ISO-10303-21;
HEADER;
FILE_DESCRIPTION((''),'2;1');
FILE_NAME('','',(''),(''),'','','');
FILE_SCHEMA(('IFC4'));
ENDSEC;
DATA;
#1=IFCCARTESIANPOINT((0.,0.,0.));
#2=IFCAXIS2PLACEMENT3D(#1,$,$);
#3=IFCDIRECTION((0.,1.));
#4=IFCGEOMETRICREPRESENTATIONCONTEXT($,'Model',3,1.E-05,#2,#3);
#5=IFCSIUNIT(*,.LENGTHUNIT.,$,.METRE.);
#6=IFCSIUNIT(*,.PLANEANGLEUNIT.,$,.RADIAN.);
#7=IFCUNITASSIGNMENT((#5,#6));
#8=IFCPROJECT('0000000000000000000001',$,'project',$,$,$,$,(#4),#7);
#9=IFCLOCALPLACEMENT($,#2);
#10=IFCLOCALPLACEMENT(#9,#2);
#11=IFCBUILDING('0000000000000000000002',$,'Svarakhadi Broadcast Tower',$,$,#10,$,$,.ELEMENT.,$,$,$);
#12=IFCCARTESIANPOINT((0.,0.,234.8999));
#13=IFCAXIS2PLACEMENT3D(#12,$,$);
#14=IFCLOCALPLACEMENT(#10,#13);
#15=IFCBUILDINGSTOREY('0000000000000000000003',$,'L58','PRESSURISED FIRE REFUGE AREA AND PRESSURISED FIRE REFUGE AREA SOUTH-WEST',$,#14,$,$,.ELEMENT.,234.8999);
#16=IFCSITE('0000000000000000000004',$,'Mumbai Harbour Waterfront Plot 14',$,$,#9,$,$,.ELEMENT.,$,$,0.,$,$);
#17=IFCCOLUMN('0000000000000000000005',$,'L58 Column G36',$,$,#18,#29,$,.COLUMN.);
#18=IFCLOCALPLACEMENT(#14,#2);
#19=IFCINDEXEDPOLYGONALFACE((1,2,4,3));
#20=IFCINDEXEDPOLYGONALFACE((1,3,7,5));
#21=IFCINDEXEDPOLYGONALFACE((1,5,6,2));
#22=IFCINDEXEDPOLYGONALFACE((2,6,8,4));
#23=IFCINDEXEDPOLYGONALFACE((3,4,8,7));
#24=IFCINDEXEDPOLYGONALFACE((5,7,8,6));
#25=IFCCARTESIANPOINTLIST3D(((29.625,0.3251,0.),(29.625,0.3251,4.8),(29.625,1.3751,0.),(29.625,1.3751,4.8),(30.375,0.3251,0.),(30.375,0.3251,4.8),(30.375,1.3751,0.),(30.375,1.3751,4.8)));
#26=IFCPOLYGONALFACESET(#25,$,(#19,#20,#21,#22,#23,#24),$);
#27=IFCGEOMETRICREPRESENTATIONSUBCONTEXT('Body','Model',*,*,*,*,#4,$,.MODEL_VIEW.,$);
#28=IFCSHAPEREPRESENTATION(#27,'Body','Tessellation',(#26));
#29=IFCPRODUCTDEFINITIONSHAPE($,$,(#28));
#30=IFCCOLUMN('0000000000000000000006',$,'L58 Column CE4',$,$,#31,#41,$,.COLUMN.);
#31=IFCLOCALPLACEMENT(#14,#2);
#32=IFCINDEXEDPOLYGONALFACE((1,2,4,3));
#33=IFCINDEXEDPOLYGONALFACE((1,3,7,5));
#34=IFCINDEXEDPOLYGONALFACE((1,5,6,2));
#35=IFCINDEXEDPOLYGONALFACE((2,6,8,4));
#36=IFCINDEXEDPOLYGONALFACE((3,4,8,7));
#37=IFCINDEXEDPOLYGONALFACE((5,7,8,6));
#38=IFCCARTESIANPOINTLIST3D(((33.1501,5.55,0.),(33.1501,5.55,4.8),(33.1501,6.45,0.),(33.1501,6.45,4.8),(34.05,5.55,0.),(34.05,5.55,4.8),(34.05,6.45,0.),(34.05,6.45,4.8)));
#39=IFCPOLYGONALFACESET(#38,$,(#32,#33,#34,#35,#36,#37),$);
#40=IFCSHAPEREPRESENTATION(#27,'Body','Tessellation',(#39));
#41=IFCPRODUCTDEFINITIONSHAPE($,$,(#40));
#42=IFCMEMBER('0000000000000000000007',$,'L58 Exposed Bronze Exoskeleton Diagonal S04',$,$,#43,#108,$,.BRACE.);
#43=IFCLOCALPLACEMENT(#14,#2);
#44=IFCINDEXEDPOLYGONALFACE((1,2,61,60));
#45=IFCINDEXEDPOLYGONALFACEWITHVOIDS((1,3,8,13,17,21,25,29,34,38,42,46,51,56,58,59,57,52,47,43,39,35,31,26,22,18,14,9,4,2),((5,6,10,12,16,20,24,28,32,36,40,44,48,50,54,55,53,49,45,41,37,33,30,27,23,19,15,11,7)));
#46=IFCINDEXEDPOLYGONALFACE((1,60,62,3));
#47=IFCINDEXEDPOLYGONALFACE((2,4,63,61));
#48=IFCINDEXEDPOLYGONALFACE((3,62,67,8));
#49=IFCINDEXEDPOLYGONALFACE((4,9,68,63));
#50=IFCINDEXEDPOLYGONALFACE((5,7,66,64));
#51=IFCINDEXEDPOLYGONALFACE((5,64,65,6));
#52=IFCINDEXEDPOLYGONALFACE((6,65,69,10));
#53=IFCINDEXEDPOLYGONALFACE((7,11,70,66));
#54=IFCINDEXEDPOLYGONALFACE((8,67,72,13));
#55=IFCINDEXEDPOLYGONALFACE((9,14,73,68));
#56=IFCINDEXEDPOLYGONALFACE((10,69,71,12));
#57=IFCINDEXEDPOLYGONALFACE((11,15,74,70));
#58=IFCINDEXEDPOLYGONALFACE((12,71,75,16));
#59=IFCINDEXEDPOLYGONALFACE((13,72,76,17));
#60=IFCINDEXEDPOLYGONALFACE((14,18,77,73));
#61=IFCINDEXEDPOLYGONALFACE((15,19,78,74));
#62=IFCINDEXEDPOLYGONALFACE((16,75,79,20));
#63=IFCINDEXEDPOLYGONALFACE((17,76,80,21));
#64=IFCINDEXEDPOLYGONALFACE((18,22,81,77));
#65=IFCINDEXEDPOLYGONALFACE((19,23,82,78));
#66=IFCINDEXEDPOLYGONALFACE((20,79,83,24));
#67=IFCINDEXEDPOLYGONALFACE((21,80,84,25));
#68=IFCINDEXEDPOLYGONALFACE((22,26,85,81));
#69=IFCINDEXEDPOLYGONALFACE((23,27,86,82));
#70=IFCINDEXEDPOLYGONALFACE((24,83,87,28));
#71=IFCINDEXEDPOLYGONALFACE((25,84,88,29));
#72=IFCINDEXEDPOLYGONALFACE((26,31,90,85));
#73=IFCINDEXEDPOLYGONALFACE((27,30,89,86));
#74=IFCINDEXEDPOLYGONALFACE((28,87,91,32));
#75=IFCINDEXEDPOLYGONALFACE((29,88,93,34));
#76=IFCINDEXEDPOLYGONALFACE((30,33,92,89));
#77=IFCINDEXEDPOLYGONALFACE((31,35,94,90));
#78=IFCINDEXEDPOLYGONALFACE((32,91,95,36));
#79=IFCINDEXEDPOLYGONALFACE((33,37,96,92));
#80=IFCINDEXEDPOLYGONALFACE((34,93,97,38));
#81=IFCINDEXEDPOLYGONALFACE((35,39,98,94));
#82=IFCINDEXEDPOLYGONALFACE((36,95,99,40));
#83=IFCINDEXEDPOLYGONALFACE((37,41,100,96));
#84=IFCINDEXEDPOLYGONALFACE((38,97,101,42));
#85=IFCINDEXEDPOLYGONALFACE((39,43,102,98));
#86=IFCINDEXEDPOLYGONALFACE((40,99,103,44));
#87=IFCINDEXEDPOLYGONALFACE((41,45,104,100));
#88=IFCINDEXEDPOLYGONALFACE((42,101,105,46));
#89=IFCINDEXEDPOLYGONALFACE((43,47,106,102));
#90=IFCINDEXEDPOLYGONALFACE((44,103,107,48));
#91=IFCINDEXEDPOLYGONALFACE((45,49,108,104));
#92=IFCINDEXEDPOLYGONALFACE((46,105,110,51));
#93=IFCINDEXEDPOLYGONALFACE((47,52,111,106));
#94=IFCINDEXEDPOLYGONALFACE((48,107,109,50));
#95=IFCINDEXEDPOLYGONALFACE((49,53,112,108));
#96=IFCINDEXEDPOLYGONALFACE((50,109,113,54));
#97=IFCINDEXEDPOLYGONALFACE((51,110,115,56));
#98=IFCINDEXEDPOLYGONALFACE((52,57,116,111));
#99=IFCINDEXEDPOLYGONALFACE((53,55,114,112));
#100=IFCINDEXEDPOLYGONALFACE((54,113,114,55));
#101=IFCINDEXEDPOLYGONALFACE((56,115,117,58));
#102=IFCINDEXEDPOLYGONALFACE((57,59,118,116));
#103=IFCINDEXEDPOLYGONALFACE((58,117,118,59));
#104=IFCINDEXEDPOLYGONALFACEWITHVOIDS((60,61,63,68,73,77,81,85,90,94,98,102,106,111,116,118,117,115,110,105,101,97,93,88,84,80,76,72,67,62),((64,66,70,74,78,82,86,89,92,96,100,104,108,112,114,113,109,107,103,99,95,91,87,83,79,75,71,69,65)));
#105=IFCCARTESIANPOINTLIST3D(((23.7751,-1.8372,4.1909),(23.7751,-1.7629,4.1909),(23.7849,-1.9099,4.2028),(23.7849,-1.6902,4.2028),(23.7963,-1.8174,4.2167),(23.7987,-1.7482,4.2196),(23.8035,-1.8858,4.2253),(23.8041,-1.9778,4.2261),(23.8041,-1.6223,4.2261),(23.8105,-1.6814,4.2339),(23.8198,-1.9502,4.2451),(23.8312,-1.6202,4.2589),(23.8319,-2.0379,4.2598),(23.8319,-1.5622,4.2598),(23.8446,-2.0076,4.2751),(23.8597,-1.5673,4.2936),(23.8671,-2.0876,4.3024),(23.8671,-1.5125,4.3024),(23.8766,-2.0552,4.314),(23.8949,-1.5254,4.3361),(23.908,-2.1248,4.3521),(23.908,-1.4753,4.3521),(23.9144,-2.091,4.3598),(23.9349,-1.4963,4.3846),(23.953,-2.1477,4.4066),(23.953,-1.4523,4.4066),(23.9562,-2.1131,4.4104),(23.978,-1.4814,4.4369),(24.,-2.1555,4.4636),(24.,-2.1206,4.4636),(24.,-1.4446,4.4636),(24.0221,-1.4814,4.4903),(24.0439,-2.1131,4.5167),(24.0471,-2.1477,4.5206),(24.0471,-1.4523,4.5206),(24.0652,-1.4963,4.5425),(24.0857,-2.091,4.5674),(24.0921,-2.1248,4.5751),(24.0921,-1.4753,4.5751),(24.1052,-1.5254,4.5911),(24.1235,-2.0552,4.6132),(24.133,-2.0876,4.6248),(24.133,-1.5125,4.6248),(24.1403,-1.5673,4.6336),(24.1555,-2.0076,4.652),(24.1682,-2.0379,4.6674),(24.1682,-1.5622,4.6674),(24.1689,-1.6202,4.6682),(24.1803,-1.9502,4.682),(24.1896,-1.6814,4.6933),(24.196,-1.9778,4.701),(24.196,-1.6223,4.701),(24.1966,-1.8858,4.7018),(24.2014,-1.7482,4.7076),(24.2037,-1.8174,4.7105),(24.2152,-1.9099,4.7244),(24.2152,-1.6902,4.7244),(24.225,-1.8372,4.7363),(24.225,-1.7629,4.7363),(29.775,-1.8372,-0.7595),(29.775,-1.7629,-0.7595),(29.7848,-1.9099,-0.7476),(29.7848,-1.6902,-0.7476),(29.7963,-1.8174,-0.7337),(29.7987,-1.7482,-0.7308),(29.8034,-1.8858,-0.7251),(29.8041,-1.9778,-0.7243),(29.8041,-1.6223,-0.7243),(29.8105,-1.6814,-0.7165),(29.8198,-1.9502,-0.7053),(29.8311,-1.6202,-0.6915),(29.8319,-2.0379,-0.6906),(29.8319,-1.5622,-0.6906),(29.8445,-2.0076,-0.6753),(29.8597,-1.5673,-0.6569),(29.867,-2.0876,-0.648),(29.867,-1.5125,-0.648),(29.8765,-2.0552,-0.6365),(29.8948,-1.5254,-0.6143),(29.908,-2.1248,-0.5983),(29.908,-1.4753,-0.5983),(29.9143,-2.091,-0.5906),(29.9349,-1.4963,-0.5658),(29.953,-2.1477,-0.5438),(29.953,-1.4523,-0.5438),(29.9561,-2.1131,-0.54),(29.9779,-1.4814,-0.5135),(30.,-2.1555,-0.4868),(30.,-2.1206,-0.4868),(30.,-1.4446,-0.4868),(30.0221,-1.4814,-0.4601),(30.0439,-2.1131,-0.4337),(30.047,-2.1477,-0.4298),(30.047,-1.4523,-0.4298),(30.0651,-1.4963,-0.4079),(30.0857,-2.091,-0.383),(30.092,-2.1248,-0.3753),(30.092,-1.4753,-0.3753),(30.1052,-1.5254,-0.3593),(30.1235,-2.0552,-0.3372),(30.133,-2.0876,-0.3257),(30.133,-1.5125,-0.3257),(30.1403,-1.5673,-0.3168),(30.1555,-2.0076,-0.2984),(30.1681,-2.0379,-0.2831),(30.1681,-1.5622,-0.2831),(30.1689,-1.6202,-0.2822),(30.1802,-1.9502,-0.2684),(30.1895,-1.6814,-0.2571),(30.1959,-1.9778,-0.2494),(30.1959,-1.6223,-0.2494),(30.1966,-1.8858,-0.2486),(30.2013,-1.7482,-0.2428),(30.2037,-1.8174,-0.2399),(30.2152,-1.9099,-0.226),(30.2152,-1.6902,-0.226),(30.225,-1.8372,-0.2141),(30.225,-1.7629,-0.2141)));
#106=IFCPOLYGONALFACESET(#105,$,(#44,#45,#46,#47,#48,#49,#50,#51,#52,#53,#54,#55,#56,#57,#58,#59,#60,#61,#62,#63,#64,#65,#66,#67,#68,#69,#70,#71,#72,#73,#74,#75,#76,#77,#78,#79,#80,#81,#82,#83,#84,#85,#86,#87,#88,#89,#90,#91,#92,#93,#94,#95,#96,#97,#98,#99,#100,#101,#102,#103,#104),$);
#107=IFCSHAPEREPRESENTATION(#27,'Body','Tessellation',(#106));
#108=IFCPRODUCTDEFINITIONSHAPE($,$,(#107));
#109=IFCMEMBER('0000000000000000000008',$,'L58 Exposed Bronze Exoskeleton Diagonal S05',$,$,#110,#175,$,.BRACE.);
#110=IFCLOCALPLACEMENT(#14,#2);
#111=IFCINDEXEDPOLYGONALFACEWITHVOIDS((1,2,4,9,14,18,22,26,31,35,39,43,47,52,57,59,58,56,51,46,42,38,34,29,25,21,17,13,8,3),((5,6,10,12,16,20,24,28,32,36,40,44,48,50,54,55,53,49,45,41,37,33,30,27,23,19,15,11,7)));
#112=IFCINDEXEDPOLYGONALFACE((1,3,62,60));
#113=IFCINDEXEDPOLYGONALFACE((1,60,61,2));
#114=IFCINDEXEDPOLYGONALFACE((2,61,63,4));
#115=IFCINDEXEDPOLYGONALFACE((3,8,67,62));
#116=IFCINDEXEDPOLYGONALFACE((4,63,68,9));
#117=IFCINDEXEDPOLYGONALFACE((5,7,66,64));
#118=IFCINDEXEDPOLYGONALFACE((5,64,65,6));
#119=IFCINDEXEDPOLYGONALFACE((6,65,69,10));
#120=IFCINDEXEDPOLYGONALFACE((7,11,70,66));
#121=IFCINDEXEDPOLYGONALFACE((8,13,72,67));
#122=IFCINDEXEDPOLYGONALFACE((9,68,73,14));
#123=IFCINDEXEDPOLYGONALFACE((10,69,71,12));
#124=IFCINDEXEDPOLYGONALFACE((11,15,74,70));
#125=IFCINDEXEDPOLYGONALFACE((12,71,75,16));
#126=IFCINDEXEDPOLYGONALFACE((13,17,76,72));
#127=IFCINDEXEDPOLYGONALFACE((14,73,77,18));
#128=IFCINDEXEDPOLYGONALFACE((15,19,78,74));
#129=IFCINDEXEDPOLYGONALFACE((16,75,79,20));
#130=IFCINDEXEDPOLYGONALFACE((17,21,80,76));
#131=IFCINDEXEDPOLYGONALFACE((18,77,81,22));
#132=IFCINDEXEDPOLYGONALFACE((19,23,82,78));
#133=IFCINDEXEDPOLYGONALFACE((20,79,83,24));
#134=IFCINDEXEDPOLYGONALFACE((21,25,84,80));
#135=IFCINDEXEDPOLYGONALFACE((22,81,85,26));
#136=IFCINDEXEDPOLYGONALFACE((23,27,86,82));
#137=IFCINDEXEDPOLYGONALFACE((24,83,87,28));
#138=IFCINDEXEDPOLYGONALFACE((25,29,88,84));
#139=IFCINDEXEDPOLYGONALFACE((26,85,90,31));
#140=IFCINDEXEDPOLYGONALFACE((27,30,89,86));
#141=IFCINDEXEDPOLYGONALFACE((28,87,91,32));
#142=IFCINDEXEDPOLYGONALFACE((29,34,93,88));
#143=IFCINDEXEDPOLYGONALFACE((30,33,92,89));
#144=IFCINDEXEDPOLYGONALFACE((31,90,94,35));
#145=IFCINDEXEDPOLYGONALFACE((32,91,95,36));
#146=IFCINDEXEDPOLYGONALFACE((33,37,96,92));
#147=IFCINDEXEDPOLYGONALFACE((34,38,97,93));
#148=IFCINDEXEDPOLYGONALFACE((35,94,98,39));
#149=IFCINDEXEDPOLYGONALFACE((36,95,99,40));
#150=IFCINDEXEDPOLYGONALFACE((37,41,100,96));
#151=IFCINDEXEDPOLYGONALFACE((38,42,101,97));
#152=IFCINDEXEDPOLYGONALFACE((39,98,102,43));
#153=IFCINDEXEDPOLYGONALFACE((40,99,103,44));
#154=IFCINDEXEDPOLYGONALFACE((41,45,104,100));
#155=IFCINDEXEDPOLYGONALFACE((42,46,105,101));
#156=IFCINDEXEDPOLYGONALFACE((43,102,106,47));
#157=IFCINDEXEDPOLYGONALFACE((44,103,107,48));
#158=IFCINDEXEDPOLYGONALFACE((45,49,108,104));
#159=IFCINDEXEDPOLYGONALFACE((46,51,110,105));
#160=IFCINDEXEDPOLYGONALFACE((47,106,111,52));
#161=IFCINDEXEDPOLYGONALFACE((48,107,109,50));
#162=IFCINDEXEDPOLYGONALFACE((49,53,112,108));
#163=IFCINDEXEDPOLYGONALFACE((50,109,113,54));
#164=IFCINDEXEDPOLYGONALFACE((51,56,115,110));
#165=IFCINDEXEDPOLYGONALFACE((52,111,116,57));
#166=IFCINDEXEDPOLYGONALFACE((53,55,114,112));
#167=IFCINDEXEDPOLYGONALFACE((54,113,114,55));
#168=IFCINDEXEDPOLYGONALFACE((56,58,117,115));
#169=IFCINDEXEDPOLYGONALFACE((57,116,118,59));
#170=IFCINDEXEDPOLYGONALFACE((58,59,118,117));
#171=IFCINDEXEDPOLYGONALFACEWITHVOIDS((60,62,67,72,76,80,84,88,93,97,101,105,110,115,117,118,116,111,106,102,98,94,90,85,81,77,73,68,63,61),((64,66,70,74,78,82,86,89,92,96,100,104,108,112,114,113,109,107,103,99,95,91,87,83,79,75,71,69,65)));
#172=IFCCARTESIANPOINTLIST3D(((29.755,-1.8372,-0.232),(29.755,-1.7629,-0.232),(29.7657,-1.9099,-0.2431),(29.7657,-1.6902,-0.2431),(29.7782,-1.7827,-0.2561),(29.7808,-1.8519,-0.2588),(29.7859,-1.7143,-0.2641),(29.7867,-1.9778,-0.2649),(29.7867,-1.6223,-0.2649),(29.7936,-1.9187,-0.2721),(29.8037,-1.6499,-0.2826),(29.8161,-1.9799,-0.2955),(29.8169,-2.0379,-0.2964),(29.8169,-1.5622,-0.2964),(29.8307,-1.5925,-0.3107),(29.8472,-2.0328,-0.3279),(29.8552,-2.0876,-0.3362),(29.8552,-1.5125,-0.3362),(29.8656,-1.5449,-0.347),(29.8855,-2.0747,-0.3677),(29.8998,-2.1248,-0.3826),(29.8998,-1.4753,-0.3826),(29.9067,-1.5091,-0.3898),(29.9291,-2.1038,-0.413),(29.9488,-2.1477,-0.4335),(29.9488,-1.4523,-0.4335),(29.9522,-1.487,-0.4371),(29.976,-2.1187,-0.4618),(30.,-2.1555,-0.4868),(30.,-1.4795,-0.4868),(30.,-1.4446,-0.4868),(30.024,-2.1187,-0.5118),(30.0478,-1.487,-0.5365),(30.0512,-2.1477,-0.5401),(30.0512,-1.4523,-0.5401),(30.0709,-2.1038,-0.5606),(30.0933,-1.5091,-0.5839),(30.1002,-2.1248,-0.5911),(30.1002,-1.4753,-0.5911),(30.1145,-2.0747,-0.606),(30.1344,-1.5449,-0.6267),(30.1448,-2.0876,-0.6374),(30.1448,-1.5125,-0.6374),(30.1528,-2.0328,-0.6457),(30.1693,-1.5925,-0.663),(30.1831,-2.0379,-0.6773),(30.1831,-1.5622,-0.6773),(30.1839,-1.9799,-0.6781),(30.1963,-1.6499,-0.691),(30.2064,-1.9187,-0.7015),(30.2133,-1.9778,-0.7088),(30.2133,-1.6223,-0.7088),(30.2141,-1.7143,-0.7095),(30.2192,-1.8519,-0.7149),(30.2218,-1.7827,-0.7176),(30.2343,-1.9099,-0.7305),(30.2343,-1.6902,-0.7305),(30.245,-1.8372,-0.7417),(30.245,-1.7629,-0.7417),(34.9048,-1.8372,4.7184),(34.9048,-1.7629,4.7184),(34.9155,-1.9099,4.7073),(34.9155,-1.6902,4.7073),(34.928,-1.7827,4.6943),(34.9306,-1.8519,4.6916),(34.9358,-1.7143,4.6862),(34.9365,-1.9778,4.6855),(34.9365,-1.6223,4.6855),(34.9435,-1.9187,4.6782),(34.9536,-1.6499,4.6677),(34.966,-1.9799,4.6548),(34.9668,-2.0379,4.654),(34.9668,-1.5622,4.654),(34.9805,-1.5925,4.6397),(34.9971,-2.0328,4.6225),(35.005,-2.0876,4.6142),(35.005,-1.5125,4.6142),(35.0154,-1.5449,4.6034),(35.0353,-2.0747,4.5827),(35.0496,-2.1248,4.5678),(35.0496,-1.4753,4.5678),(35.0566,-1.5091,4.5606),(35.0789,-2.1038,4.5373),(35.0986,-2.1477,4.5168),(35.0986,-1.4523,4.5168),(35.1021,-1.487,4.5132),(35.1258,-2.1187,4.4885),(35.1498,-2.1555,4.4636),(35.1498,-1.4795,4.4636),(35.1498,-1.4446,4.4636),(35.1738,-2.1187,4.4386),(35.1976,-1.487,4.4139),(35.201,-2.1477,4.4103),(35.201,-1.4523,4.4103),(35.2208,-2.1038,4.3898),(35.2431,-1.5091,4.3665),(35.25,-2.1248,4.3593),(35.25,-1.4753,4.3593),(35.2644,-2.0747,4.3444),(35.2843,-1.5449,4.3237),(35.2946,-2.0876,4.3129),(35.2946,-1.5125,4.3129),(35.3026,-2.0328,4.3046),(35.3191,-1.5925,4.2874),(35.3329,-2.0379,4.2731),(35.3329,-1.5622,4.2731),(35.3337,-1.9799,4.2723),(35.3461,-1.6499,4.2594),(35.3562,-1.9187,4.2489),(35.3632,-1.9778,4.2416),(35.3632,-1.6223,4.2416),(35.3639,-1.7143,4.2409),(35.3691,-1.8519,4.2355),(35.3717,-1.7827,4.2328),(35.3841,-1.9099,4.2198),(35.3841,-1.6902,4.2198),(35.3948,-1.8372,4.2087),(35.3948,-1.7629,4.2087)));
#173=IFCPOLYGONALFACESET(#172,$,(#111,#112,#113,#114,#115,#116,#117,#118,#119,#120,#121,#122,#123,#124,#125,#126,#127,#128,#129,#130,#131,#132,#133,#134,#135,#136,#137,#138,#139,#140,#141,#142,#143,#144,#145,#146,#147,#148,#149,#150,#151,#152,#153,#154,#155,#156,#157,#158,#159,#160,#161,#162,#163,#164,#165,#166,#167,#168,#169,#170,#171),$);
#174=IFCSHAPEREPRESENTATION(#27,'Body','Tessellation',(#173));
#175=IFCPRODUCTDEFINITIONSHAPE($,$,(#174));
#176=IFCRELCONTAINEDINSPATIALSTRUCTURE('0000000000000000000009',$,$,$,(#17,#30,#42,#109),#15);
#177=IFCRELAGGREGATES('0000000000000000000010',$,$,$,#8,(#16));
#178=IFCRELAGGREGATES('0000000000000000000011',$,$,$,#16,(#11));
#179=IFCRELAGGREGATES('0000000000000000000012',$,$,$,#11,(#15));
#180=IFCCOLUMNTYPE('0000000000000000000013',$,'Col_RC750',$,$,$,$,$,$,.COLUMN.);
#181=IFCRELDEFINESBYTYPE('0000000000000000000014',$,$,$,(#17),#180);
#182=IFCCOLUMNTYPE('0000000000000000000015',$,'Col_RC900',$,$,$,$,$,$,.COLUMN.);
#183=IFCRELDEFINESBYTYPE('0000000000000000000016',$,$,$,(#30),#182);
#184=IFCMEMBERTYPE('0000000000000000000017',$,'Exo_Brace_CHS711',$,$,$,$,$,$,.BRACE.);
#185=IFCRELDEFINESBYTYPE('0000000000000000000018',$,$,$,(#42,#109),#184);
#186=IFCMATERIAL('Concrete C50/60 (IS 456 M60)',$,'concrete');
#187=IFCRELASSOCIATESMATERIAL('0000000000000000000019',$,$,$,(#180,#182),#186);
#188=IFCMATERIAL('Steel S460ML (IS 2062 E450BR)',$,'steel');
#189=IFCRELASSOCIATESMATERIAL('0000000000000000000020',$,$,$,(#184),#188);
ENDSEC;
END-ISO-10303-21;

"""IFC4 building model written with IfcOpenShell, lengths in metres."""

from ifc_helpers import new_model, si_unit, direction, frame, origin, origin_2d, place, context, subcontext, project, spatial, rectangle, hollow_circle, extrude, material, material_profile, profile_set, type_object, element, save


model = new_model("IFC4")

# Units and contexts
model_context = context("Model", 3, precision=1e-05, world=origin(), true_north=direction((0.0, 1.0)))
body_context = subcontext(model_context, "Body", "Model", "MODEL_VIEW")
ifc_project = project(units=[si_unit("LENGTHUNIT", "METRE"), si_unit("PLANEANGLEUNIT", "RADIAN")], contexts=[model_context])

# Site, building, storey
site_placement = place(None, origin())
site = spatial("IfcSite", under=ifc_project, at=site_placement, Name="Mumbai Harbour Waterfront Plot 14", CompositionType="ELEMENT", RefElevation=0.0)
building_placement = place(site_placement, origin())
building = spatial("IfcBuilding", under=site, at=building_placement, Name="Svarakhadi Broadcast Tower", CompositionType="ELEMENT")
storey_placement = place(building_placement, frame((0.0, 0.0, 234.8999)))
storey = spatial("IfcBuildingStorey", under=building, at=storey_placement, Name="L58", Description="PRESSURISED FIRE REFUGE AREA AND PRESSURISED FIRE REFUGE AREA SOUTH-WEST", CompositionType="ELEMENT", Elevation=234.8999)

# Columns
ifc_material_1 = material(Name="Concrete C50/60 (IS 456 M60)", Category="concrete")
ifc_material_profile_1 = material_profile(ifc_material_1, rectangle(XDim=0.75, YDim=1.05, at=origin_2d()), Name="RC 750x1050")
ifc_profile_set_1 = profile_set([ifc_material_profile_1], Name="Concrete C50/60 (IS 456 M60)")
column_type_1 = type_object("IfcColumnType", Name="Col_RC750", PredefinedType="COLUMN", material=ifc_profile_set_1)
column_1_placement = place(storey_placement, frame((30.0, 0.8501, 0.0), z_axis=(0.0, 0.0, 1.0), x_axis=(1.0, 0.0, 0.0)))
element("IfcColumn", 1, at=column_1_placement, inside=storey, type_object=column_type_1, Name="L58 Column G36", PredefinedType="COLUMN", context=body_context, shape_type="SweptSolid", body=[
    extrude(rectangle(XDim=0.75, YDim=1.05, at=origin_2d()), origin(), (0.0, 0.0, 1.0), 4.8),
])
ifc_material_profile_2 = material_profile(ifc_material_1, rectangle(XDim=0.8999, YDim=0.8999, at=origin_2d()), Name="RC 900x900")
ifc_profile_set_2 = profile_set([ifc_material_profile_2], Name="Concrete C50/60 (IS 456 M60)")
column_type_2 = type_object("IfcColumnType", Name="Col_RC900", PredefinedType="COLUMN", material=ifc_profile_set_2)
column_2_placement = place(storey_placement, frame((33.6001, 6.0, 0.0), z_axis=(0.0, 0.0, 1.0), x_axis=(1.0, 0.0, 0.0)))
element("IfcColumn", 2, at=column_2_placement, inside=storey, type_object=column_type_2, Name="L58 Column CE4", PredefinedType="COLUMN", context=body_context, shape_type="SweptSolid", body=[
    extrude(rectangle(XDim=0.8999, YDim=0.8999, at=origin_2d()), origin(), (0.0, 0.0, 1.0), 4.8),
])

# Members
ifc_material_2 = material(Name="Steel S460ML (IS 2062 E450BR)", Category="steel")
ifc_material_profile_3 = material_profile(ifc_material_2, hollow_circle(Radius=0.3555, WallThickness=0.0349, at=origin_2d()), Name="CHS 711x35")
ifc_profile_set_3 = profile_set([ifc_material_profile_3], Name="Steel S460ML (IS 2062 E450BR)")
member_type_1 = type_object("IfcMemberType", Name="Exo_Brace_CHS711", PredefinedType="BRACE", material=ifc_profile_set_3)
member_1_placement = place(storey_placement, frame((30.0, -1.8, -0.4868), z_axis=(-0.771346, 0.0, 0.636417), x_axis=(0.0, -1.0, 0.0)))
element("IfcMember", 3, at=member_1_placement, inside=storey, type_object=member_type_1, Name="L58 Exposed Bronze Exoskeleton Diagonal S04", PredefinedType="BRACE", context=body_context, shape_type="SweptSolid", body=[
    extrude(hollow_circle(Radius=0.3555, WallThickness=0.0349, at=origin_2d()), origin(), (0.0, 0.0, 1.0), 7.7786),
])
member_2_placement = place(storey_placement, frame((30.0, -1.8, -0.4868), z_axis=(0.72093, 0.0, 0.693008), x_axis=(0.0, 1.0, 0.0)))
element("IfcMember", 4, at=member_2_placement, inside=storey, type_object=member_type_1, Name="L58 Exposed Bronze Exoskeleton Diagonal S05", PredefinedType="BRACE", context=body_context, shape_type="SweptSolid", body=[
    extrude(hollow_circle(Radius=0.3555, WallThickness=0.0349, at=origin_2d()), origin(), (0.0, 0.0, 1.0), 7.1433),
])

save(model, "model.ifc")
